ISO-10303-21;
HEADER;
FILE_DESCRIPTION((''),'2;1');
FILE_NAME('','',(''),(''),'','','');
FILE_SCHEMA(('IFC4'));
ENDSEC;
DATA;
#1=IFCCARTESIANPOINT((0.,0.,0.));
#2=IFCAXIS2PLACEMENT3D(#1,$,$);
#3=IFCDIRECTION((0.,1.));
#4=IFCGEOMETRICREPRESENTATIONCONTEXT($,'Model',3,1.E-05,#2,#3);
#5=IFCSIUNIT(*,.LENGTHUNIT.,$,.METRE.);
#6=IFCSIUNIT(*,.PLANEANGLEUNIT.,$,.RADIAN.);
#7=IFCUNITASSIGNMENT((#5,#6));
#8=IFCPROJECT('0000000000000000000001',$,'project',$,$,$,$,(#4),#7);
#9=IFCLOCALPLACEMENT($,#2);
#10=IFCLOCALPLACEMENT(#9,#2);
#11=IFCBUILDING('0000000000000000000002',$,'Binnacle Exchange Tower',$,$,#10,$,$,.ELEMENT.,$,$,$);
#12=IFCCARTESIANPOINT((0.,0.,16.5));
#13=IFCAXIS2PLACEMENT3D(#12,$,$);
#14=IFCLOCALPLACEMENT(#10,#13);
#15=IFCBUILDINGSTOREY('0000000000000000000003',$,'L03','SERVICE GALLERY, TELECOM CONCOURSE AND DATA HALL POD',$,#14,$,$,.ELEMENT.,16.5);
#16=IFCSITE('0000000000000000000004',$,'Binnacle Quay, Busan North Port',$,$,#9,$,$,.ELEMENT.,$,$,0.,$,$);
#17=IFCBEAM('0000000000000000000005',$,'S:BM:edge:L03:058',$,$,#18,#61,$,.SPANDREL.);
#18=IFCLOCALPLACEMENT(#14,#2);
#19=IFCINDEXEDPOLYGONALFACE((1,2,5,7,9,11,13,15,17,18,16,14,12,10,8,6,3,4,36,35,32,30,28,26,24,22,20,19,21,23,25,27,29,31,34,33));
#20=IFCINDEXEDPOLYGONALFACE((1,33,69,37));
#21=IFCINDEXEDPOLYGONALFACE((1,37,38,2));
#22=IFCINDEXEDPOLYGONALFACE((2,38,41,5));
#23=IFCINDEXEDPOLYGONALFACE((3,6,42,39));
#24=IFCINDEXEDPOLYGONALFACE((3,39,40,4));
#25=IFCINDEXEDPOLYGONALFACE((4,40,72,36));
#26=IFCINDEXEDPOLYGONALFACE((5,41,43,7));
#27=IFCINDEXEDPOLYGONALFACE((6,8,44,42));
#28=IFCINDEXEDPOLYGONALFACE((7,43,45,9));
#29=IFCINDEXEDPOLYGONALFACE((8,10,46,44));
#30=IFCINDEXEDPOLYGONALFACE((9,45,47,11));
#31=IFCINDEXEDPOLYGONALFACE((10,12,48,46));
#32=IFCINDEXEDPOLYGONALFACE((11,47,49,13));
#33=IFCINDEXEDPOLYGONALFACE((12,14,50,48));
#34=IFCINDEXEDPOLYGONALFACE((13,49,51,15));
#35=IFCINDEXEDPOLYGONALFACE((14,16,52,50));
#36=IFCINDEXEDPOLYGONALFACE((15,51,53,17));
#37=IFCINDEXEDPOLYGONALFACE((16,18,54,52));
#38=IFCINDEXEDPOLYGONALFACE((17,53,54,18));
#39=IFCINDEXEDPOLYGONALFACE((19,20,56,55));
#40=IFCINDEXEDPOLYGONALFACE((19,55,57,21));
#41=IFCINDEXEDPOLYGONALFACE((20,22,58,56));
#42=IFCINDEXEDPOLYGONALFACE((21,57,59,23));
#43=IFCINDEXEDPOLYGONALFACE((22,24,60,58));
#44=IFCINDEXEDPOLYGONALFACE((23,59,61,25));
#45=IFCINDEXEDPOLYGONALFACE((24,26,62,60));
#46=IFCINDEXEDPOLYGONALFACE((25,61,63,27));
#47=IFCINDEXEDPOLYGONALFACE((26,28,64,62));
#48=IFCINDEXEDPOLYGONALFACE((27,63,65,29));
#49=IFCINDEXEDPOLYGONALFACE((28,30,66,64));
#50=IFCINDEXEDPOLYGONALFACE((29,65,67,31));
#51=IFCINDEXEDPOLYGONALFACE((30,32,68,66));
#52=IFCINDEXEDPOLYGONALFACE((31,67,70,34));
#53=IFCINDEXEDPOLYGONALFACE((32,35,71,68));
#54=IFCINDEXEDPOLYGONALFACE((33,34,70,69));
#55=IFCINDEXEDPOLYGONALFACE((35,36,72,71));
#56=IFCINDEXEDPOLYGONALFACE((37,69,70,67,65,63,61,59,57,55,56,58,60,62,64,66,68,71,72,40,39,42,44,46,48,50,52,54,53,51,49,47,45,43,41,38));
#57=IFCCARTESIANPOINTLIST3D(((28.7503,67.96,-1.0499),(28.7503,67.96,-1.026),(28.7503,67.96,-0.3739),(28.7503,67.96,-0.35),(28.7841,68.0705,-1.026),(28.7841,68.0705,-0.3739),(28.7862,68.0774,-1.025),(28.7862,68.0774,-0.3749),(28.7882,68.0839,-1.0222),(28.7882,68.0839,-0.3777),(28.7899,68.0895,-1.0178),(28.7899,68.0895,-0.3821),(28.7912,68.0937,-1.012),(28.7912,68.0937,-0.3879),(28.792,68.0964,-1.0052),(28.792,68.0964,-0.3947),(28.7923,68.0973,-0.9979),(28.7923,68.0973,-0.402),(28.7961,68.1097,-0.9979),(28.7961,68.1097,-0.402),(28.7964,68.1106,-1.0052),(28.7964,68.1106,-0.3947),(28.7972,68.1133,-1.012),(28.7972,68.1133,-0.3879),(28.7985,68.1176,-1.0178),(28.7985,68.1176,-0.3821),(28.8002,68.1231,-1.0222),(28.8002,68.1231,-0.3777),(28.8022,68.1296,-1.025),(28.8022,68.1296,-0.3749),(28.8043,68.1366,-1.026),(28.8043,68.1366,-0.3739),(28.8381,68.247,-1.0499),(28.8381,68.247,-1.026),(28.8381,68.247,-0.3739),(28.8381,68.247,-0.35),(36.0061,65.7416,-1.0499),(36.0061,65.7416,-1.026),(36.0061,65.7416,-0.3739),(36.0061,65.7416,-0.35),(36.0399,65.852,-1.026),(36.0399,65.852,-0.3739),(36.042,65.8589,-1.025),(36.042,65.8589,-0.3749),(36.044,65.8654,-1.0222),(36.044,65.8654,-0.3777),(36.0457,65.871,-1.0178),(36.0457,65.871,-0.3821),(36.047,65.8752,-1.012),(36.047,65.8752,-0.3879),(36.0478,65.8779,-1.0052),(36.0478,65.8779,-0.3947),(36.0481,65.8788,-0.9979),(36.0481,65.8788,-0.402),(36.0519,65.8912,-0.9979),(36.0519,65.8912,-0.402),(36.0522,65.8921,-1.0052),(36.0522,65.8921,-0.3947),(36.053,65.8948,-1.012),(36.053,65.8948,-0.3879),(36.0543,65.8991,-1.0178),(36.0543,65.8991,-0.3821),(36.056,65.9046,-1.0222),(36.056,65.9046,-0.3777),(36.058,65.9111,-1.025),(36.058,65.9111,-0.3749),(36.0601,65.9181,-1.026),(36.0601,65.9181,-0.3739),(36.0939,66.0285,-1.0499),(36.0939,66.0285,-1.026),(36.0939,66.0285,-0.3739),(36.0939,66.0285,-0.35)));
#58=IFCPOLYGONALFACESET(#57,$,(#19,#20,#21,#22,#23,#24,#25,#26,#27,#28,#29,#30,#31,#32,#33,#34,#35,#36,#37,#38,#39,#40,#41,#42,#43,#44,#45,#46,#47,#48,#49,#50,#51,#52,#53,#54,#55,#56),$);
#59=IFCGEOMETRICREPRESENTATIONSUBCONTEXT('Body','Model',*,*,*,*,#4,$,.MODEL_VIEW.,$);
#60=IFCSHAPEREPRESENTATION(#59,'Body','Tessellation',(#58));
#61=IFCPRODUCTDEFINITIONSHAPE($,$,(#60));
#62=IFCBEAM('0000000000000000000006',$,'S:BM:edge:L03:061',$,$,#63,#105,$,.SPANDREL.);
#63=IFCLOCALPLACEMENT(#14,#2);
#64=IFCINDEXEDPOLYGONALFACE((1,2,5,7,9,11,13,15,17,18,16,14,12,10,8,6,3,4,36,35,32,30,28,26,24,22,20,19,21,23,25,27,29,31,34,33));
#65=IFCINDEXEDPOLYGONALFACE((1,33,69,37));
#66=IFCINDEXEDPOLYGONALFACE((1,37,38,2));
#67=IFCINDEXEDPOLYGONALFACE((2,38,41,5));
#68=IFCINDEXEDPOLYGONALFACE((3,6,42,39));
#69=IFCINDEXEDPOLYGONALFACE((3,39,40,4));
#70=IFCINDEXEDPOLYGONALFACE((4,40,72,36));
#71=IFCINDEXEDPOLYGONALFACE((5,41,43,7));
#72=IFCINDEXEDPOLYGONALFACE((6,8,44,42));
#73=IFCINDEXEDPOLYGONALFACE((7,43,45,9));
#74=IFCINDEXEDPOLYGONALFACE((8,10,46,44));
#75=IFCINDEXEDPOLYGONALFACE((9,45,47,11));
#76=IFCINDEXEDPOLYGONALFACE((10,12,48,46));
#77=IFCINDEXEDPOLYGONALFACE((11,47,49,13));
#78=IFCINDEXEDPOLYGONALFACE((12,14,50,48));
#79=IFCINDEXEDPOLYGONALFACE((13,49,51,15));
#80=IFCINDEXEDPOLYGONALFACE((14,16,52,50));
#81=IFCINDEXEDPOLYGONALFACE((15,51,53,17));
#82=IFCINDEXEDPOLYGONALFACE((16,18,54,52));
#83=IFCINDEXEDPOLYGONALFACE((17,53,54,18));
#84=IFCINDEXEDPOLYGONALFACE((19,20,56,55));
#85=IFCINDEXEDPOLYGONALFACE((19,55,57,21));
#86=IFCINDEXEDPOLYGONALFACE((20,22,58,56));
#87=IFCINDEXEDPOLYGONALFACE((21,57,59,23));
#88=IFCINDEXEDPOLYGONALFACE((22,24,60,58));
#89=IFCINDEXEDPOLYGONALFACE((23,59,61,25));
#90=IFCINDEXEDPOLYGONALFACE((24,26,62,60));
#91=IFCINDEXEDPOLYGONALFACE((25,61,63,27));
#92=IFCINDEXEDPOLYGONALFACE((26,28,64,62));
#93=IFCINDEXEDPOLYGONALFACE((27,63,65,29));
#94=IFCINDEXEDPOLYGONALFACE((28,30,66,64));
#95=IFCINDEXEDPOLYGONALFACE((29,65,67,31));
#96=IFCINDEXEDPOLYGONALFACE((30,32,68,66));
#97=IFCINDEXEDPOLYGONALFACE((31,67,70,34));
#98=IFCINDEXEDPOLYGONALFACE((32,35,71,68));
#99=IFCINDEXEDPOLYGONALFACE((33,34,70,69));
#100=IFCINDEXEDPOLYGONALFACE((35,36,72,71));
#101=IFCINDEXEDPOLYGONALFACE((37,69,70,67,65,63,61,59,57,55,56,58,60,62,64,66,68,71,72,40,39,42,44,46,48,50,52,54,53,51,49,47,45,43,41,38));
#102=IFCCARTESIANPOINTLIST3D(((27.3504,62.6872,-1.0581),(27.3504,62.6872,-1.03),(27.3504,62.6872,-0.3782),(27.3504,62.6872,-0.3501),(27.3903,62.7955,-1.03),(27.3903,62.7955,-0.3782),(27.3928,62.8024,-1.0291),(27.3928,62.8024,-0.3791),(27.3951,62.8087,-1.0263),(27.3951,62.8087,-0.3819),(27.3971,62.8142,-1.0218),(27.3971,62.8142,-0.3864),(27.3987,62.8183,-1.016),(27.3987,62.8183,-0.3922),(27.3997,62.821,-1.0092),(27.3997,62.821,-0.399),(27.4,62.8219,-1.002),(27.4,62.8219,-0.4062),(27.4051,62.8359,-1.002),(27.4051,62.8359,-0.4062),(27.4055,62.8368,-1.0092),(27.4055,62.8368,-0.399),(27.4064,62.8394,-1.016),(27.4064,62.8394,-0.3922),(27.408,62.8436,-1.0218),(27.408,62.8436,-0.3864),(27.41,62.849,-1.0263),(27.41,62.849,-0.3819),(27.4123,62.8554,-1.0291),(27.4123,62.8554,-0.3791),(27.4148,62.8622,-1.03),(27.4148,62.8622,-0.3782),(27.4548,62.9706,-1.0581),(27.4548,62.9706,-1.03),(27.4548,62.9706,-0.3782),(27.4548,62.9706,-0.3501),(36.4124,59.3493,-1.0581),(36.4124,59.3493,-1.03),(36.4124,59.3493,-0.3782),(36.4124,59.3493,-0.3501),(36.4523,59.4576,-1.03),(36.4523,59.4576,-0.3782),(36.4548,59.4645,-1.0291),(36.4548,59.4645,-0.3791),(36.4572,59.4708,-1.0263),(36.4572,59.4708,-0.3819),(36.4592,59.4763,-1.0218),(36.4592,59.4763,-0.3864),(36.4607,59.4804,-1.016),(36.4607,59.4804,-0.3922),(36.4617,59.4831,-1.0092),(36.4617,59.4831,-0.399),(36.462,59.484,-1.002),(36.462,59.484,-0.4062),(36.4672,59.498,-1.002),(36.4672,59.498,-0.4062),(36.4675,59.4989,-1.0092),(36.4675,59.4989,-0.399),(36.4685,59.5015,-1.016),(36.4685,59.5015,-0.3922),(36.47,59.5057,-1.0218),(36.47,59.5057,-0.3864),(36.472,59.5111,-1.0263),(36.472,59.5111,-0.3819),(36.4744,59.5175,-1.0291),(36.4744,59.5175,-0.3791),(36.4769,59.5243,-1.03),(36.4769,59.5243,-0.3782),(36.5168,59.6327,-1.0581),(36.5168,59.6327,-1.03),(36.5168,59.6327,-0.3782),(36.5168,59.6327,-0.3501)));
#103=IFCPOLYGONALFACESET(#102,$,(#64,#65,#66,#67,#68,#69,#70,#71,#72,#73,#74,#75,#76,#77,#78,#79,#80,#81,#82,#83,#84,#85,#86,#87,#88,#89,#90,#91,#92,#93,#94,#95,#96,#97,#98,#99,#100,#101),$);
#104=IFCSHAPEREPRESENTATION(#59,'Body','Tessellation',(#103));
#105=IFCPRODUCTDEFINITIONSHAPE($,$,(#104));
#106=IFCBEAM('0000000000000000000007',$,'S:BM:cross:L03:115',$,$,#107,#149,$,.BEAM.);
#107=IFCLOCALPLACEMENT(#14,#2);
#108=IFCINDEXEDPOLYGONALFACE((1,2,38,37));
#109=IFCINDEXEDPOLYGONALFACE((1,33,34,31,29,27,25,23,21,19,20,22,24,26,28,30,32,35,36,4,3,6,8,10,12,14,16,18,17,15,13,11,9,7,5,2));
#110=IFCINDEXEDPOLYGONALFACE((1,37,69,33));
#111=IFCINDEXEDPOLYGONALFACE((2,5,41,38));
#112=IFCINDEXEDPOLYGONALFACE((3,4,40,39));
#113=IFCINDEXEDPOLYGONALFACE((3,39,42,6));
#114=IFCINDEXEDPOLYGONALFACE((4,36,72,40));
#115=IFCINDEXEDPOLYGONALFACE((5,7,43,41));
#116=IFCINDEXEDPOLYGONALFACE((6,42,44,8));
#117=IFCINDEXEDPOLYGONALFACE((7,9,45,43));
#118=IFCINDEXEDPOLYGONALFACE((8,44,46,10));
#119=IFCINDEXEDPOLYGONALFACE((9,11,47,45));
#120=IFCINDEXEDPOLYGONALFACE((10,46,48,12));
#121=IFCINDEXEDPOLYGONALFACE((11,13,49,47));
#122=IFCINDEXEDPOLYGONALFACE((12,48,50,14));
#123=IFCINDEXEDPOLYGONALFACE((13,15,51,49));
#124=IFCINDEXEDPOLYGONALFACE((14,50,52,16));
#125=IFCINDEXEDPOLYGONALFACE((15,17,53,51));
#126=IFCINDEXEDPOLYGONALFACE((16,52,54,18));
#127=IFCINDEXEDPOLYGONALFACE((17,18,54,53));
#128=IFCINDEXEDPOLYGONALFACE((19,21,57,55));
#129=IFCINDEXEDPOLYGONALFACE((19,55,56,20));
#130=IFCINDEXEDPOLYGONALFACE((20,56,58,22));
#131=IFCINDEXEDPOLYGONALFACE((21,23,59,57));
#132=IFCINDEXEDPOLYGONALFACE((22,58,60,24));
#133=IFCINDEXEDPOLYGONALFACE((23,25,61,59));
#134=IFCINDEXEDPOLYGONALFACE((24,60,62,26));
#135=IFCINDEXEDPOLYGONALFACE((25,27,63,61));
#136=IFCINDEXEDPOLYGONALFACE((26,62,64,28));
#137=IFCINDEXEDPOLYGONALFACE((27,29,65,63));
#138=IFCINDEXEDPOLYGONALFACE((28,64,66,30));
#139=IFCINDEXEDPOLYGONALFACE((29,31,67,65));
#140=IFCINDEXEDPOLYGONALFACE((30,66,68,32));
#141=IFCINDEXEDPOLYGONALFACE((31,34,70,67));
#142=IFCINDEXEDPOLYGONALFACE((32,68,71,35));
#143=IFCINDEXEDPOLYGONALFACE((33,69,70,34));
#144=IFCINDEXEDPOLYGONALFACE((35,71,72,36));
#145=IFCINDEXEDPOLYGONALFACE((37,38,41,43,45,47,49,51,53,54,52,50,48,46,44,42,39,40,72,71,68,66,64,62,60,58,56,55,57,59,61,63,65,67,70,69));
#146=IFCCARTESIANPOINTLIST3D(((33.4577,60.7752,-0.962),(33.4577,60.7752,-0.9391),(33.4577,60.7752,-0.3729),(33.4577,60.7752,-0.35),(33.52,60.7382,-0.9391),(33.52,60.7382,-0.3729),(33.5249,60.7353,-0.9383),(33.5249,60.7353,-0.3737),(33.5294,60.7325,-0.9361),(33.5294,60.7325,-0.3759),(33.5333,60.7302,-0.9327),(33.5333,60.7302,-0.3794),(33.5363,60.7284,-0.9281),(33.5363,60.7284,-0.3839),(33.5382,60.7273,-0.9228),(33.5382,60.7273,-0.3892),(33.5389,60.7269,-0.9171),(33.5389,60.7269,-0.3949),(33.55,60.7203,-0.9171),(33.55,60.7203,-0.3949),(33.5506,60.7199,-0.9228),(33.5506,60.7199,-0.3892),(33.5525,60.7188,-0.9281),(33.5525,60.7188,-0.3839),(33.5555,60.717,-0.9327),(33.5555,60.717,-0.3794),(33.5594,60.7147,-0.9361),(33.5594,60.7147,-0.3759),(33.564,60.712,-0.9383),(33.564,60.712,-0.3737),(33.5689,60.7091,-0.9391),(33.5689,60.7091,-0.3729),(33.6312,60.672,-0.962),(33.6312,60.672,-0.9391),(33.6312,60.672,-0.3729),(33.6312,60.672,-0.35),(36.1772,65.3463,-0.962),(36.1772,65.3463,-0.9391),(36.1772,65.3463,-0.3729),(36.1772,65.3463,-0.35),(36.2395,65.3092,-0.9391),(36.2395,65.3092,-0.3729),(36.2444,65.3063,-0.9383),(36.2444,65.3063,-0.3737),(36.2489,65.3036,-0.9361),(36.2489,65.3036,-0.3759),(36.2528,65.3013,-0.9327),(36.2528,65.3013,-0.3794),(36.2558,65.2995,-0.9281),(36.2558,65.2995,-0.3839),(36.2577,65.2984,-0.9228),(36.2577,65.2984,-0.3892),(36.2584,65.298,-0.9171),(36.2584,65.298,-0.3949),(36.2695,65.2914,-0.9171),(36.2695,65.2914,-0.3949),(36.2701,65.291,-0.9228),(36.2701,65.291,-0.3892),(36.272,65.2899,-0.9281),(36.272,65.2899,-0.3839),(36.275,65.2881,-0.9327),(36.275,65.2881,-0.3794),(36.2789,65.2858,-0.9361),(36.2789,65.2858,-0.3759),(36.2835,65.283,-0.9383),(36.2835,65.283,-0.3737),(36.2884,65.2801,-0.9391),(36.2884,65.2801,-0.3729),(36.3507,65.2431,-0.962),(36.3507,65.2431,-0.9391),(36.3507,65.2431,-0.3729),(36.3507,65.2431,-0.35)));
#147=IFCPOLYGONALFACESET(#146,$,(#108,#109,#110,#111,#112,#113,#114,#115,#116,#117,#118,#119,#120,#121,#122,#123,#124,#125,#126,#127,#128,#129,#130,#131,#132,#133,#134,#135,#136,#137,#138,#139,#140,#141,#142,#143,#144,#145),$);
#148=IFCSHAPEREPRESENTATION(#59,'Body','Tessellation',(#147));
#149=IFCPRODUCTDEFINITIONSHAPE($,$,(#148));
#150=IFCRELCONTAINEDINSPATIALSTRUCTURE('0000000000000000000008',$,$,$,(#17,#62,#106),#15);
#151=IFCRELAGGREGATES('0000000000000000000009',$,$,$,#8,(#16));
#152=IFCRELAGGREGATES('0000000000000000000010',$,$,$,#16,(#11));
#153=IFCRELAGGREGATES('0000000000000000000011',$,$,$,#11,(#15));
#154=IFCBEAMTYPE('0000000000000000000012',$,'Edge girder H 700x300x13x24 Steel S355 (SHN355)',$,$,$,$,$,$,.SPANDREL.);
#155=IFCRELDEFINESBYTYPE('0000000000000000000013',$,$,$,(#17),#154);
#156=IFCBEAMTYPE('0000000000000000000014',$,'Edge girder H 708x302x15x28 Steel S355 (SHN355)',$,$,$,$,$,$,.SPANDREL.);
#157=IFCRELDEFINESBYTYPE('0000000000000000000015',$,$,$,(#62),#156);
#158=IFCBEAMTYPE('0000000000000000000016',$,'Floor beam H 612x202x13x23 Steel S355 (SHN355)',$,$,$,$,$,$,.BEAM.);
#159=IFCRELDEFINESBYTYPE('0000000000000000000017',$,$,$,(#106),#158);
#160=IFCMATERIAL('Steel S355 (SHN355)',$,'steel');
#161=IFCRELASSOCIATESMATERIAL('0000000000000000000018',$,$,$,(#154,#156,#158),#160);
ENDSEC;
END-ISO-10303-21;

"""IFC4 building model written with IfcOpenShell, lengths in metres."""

from ifc_helpers import new_model, si_unit, direction, frame, origin, origin_2d, place, context, subcontext, project, spatial, i_section, extrude, material, material_profile, profile_set, type_object, element, save


model = new_model("IFC4")

# Units and contexts
model_context = context("Model", 3, precision=1e-05, world=origin(), true_north=direction((0.0, 1.0)))
body_context = subcontext(model_context, "Body", "Model", "MODEL_VIEW")
ifc_project = project(units=[si_unit("LENGTHUNIT", "METRE"), si_unit("PLANEANGLEUNIT", "RADIAN")], contexts=[model_context])

# Site, building, storey
site_placement = place(None, origin())
site = spatial("IfcSite", under=ifc_project, at=site_placement, Name="Binnacle Quay, Busan North Port", CompositionType="ELEMENT", RefElevation=0.0)
building_placement = place(site_placement, origin())
building = spatial("IfcBuilding", under=site, at=building_placement, Name="Binnacle Exchange Tower", CompositionType="ELEMENT")
storey_placement = place(building_placement, frame((0.0, 0.0, 16.5)))
storey = spatial("IfcBuildingStorey", under=building, at=storey_placement, Name="L03", Description="SERVICE GALLERY, TELECOM CONCOURSE AND DATA HALL POD", CompositionType="ELEMENT", Elevation=16.5)

# Beams
ifc_material_1 = material(Name="Steel S355 (SHN355)", Category="steel")
ifc_material_profile_1 = material_profile(ifc_material_1, i_section(OverallWidth=0.3, OverallDepth=0.7, WebThickness=0.0129, FlangeThickness=0.0239, FilletRadius=0.0281, at=origin_2d()), Name="H 700x300x13x24")
ifc_profile_set_1 = profile_set([ifc_material_profile_1], Name="Steel S355 (SHN355)")
beam_type_1 = type_object("IfcBeamType", Name="Edge girder H 700x300x13x24 Steel S355 (SHN355)", PredefinedType="SPANDREL", material=ifc_profile_set_1)
beam_1_placement = place(storey_placement, frame((28.7942, 68.1035, -0.7), z_axis=(0.956299, -0.292392, 0.0), x_axis=(0.292392, 0.956299, 0.0)))
element("IfcBeam", 1, at=beam_1_placement, inside=storey, type_object=beam_type_1, Name="S:BM:edge:L03:058", PredefinedType="SPANDREL", context=body_context, shape_type="SweptSolid", body=[
    extrude(i_section(OverallWidth=0.3, OverallDepth=0.7, WebThickness=0.0129, FlangeThickness=0.0239, FilletRadius=0.0281, at=origin_2d()), origin(), (0.0, 0.0, 1.0), 7.5874),
])
ifc_material_profile_2 = material_profile(ifc_material_1, i_section(OverallWidth=0.302, OverallDepth=0.708, WebThickness=0.0149, FlangeThickness=0.0281, FilletRadius=0.0281, at=origin_2d()), Name="H 708x302x15x28")
ifc_profile_set_2 = profile_set([ifc_material_profile_2], Name="Steel S355 (SHN355)")
beam_type_2 = type_object("IfcBeamType", Name="Edge girder H 708x302x15x28 Steel S355 (SHN355)", PredefinedType="SPANDREL", material=ifc_profile_set_2)
beam_2_placement = place(storey_placement, frame((36.4646, 59.491, -0.7041), z_axis=(-0.938368, 0.345637, 0.0), x_axis=(-0.345637, -0.938368, 0.0)))
element("IfcBeam", 2, at=beam_2_placement, inside=storey, type_object=beam_type_2, Name="S:BM:edge:L03:061", PredefinedType="SPANDREL", context=body_context, shape_type="SweptSolid", body=[
    extrude(i_section(OverallWidth=0.302, OverallDepth=0.708, WebThickness=0.0149, FlangeThickness=0.0281, FilletRadius=0.0281, at=origin_2d()), origin(), (0.0, 0.0, 1.0), 9.6572),
])
ifc_material_profile_3 = material_profile(ifc_material_1, i_section(OverallWidth=0.2019, OverallDepth=0.6121, WebThickness=0.0129, FlangeThickness=0.0229, FilletRadius=0.022, at=origin_2d()), Name="H 612x202x13x23")
ifc_profile_set_3 = profile_set([ifc_material_profile_3], Name="Steel S355 (SHN355)")
beam_type_3 = type_object("IfcBeamType", Name="Floor beam H 612x202x13x23 Steel S355 (SHN355)", PredefinedType="BEAM", material=ifc_profile_set_3)
beam_3_placement = place(storey_placement, frame((36.2639, 65.2947, -0.656), z_axis=(-0.511293, -0.859407, 0.0), x_axis=(0.859407, -0.511293, 0.0)))
element("IfcBeam", 3, at=beam_3_placement, inside=storey, type_object=beam_type_3, Name="S:BM:cross:L03:115", PredefinedType="BEAM", context=body_context, shape_type="SweptSolid", body=[
    extrude(i_section(OverallWidth=0.2019, OverallDepth=0.6121, WebThickness=0.0129, FlangeThickness=0.0229, FilletRadius=0.022, at=origin_2d()), origin(), (0.0, 0.0, 1.0), 5.3188),
])

save(model, "model.ifc")
